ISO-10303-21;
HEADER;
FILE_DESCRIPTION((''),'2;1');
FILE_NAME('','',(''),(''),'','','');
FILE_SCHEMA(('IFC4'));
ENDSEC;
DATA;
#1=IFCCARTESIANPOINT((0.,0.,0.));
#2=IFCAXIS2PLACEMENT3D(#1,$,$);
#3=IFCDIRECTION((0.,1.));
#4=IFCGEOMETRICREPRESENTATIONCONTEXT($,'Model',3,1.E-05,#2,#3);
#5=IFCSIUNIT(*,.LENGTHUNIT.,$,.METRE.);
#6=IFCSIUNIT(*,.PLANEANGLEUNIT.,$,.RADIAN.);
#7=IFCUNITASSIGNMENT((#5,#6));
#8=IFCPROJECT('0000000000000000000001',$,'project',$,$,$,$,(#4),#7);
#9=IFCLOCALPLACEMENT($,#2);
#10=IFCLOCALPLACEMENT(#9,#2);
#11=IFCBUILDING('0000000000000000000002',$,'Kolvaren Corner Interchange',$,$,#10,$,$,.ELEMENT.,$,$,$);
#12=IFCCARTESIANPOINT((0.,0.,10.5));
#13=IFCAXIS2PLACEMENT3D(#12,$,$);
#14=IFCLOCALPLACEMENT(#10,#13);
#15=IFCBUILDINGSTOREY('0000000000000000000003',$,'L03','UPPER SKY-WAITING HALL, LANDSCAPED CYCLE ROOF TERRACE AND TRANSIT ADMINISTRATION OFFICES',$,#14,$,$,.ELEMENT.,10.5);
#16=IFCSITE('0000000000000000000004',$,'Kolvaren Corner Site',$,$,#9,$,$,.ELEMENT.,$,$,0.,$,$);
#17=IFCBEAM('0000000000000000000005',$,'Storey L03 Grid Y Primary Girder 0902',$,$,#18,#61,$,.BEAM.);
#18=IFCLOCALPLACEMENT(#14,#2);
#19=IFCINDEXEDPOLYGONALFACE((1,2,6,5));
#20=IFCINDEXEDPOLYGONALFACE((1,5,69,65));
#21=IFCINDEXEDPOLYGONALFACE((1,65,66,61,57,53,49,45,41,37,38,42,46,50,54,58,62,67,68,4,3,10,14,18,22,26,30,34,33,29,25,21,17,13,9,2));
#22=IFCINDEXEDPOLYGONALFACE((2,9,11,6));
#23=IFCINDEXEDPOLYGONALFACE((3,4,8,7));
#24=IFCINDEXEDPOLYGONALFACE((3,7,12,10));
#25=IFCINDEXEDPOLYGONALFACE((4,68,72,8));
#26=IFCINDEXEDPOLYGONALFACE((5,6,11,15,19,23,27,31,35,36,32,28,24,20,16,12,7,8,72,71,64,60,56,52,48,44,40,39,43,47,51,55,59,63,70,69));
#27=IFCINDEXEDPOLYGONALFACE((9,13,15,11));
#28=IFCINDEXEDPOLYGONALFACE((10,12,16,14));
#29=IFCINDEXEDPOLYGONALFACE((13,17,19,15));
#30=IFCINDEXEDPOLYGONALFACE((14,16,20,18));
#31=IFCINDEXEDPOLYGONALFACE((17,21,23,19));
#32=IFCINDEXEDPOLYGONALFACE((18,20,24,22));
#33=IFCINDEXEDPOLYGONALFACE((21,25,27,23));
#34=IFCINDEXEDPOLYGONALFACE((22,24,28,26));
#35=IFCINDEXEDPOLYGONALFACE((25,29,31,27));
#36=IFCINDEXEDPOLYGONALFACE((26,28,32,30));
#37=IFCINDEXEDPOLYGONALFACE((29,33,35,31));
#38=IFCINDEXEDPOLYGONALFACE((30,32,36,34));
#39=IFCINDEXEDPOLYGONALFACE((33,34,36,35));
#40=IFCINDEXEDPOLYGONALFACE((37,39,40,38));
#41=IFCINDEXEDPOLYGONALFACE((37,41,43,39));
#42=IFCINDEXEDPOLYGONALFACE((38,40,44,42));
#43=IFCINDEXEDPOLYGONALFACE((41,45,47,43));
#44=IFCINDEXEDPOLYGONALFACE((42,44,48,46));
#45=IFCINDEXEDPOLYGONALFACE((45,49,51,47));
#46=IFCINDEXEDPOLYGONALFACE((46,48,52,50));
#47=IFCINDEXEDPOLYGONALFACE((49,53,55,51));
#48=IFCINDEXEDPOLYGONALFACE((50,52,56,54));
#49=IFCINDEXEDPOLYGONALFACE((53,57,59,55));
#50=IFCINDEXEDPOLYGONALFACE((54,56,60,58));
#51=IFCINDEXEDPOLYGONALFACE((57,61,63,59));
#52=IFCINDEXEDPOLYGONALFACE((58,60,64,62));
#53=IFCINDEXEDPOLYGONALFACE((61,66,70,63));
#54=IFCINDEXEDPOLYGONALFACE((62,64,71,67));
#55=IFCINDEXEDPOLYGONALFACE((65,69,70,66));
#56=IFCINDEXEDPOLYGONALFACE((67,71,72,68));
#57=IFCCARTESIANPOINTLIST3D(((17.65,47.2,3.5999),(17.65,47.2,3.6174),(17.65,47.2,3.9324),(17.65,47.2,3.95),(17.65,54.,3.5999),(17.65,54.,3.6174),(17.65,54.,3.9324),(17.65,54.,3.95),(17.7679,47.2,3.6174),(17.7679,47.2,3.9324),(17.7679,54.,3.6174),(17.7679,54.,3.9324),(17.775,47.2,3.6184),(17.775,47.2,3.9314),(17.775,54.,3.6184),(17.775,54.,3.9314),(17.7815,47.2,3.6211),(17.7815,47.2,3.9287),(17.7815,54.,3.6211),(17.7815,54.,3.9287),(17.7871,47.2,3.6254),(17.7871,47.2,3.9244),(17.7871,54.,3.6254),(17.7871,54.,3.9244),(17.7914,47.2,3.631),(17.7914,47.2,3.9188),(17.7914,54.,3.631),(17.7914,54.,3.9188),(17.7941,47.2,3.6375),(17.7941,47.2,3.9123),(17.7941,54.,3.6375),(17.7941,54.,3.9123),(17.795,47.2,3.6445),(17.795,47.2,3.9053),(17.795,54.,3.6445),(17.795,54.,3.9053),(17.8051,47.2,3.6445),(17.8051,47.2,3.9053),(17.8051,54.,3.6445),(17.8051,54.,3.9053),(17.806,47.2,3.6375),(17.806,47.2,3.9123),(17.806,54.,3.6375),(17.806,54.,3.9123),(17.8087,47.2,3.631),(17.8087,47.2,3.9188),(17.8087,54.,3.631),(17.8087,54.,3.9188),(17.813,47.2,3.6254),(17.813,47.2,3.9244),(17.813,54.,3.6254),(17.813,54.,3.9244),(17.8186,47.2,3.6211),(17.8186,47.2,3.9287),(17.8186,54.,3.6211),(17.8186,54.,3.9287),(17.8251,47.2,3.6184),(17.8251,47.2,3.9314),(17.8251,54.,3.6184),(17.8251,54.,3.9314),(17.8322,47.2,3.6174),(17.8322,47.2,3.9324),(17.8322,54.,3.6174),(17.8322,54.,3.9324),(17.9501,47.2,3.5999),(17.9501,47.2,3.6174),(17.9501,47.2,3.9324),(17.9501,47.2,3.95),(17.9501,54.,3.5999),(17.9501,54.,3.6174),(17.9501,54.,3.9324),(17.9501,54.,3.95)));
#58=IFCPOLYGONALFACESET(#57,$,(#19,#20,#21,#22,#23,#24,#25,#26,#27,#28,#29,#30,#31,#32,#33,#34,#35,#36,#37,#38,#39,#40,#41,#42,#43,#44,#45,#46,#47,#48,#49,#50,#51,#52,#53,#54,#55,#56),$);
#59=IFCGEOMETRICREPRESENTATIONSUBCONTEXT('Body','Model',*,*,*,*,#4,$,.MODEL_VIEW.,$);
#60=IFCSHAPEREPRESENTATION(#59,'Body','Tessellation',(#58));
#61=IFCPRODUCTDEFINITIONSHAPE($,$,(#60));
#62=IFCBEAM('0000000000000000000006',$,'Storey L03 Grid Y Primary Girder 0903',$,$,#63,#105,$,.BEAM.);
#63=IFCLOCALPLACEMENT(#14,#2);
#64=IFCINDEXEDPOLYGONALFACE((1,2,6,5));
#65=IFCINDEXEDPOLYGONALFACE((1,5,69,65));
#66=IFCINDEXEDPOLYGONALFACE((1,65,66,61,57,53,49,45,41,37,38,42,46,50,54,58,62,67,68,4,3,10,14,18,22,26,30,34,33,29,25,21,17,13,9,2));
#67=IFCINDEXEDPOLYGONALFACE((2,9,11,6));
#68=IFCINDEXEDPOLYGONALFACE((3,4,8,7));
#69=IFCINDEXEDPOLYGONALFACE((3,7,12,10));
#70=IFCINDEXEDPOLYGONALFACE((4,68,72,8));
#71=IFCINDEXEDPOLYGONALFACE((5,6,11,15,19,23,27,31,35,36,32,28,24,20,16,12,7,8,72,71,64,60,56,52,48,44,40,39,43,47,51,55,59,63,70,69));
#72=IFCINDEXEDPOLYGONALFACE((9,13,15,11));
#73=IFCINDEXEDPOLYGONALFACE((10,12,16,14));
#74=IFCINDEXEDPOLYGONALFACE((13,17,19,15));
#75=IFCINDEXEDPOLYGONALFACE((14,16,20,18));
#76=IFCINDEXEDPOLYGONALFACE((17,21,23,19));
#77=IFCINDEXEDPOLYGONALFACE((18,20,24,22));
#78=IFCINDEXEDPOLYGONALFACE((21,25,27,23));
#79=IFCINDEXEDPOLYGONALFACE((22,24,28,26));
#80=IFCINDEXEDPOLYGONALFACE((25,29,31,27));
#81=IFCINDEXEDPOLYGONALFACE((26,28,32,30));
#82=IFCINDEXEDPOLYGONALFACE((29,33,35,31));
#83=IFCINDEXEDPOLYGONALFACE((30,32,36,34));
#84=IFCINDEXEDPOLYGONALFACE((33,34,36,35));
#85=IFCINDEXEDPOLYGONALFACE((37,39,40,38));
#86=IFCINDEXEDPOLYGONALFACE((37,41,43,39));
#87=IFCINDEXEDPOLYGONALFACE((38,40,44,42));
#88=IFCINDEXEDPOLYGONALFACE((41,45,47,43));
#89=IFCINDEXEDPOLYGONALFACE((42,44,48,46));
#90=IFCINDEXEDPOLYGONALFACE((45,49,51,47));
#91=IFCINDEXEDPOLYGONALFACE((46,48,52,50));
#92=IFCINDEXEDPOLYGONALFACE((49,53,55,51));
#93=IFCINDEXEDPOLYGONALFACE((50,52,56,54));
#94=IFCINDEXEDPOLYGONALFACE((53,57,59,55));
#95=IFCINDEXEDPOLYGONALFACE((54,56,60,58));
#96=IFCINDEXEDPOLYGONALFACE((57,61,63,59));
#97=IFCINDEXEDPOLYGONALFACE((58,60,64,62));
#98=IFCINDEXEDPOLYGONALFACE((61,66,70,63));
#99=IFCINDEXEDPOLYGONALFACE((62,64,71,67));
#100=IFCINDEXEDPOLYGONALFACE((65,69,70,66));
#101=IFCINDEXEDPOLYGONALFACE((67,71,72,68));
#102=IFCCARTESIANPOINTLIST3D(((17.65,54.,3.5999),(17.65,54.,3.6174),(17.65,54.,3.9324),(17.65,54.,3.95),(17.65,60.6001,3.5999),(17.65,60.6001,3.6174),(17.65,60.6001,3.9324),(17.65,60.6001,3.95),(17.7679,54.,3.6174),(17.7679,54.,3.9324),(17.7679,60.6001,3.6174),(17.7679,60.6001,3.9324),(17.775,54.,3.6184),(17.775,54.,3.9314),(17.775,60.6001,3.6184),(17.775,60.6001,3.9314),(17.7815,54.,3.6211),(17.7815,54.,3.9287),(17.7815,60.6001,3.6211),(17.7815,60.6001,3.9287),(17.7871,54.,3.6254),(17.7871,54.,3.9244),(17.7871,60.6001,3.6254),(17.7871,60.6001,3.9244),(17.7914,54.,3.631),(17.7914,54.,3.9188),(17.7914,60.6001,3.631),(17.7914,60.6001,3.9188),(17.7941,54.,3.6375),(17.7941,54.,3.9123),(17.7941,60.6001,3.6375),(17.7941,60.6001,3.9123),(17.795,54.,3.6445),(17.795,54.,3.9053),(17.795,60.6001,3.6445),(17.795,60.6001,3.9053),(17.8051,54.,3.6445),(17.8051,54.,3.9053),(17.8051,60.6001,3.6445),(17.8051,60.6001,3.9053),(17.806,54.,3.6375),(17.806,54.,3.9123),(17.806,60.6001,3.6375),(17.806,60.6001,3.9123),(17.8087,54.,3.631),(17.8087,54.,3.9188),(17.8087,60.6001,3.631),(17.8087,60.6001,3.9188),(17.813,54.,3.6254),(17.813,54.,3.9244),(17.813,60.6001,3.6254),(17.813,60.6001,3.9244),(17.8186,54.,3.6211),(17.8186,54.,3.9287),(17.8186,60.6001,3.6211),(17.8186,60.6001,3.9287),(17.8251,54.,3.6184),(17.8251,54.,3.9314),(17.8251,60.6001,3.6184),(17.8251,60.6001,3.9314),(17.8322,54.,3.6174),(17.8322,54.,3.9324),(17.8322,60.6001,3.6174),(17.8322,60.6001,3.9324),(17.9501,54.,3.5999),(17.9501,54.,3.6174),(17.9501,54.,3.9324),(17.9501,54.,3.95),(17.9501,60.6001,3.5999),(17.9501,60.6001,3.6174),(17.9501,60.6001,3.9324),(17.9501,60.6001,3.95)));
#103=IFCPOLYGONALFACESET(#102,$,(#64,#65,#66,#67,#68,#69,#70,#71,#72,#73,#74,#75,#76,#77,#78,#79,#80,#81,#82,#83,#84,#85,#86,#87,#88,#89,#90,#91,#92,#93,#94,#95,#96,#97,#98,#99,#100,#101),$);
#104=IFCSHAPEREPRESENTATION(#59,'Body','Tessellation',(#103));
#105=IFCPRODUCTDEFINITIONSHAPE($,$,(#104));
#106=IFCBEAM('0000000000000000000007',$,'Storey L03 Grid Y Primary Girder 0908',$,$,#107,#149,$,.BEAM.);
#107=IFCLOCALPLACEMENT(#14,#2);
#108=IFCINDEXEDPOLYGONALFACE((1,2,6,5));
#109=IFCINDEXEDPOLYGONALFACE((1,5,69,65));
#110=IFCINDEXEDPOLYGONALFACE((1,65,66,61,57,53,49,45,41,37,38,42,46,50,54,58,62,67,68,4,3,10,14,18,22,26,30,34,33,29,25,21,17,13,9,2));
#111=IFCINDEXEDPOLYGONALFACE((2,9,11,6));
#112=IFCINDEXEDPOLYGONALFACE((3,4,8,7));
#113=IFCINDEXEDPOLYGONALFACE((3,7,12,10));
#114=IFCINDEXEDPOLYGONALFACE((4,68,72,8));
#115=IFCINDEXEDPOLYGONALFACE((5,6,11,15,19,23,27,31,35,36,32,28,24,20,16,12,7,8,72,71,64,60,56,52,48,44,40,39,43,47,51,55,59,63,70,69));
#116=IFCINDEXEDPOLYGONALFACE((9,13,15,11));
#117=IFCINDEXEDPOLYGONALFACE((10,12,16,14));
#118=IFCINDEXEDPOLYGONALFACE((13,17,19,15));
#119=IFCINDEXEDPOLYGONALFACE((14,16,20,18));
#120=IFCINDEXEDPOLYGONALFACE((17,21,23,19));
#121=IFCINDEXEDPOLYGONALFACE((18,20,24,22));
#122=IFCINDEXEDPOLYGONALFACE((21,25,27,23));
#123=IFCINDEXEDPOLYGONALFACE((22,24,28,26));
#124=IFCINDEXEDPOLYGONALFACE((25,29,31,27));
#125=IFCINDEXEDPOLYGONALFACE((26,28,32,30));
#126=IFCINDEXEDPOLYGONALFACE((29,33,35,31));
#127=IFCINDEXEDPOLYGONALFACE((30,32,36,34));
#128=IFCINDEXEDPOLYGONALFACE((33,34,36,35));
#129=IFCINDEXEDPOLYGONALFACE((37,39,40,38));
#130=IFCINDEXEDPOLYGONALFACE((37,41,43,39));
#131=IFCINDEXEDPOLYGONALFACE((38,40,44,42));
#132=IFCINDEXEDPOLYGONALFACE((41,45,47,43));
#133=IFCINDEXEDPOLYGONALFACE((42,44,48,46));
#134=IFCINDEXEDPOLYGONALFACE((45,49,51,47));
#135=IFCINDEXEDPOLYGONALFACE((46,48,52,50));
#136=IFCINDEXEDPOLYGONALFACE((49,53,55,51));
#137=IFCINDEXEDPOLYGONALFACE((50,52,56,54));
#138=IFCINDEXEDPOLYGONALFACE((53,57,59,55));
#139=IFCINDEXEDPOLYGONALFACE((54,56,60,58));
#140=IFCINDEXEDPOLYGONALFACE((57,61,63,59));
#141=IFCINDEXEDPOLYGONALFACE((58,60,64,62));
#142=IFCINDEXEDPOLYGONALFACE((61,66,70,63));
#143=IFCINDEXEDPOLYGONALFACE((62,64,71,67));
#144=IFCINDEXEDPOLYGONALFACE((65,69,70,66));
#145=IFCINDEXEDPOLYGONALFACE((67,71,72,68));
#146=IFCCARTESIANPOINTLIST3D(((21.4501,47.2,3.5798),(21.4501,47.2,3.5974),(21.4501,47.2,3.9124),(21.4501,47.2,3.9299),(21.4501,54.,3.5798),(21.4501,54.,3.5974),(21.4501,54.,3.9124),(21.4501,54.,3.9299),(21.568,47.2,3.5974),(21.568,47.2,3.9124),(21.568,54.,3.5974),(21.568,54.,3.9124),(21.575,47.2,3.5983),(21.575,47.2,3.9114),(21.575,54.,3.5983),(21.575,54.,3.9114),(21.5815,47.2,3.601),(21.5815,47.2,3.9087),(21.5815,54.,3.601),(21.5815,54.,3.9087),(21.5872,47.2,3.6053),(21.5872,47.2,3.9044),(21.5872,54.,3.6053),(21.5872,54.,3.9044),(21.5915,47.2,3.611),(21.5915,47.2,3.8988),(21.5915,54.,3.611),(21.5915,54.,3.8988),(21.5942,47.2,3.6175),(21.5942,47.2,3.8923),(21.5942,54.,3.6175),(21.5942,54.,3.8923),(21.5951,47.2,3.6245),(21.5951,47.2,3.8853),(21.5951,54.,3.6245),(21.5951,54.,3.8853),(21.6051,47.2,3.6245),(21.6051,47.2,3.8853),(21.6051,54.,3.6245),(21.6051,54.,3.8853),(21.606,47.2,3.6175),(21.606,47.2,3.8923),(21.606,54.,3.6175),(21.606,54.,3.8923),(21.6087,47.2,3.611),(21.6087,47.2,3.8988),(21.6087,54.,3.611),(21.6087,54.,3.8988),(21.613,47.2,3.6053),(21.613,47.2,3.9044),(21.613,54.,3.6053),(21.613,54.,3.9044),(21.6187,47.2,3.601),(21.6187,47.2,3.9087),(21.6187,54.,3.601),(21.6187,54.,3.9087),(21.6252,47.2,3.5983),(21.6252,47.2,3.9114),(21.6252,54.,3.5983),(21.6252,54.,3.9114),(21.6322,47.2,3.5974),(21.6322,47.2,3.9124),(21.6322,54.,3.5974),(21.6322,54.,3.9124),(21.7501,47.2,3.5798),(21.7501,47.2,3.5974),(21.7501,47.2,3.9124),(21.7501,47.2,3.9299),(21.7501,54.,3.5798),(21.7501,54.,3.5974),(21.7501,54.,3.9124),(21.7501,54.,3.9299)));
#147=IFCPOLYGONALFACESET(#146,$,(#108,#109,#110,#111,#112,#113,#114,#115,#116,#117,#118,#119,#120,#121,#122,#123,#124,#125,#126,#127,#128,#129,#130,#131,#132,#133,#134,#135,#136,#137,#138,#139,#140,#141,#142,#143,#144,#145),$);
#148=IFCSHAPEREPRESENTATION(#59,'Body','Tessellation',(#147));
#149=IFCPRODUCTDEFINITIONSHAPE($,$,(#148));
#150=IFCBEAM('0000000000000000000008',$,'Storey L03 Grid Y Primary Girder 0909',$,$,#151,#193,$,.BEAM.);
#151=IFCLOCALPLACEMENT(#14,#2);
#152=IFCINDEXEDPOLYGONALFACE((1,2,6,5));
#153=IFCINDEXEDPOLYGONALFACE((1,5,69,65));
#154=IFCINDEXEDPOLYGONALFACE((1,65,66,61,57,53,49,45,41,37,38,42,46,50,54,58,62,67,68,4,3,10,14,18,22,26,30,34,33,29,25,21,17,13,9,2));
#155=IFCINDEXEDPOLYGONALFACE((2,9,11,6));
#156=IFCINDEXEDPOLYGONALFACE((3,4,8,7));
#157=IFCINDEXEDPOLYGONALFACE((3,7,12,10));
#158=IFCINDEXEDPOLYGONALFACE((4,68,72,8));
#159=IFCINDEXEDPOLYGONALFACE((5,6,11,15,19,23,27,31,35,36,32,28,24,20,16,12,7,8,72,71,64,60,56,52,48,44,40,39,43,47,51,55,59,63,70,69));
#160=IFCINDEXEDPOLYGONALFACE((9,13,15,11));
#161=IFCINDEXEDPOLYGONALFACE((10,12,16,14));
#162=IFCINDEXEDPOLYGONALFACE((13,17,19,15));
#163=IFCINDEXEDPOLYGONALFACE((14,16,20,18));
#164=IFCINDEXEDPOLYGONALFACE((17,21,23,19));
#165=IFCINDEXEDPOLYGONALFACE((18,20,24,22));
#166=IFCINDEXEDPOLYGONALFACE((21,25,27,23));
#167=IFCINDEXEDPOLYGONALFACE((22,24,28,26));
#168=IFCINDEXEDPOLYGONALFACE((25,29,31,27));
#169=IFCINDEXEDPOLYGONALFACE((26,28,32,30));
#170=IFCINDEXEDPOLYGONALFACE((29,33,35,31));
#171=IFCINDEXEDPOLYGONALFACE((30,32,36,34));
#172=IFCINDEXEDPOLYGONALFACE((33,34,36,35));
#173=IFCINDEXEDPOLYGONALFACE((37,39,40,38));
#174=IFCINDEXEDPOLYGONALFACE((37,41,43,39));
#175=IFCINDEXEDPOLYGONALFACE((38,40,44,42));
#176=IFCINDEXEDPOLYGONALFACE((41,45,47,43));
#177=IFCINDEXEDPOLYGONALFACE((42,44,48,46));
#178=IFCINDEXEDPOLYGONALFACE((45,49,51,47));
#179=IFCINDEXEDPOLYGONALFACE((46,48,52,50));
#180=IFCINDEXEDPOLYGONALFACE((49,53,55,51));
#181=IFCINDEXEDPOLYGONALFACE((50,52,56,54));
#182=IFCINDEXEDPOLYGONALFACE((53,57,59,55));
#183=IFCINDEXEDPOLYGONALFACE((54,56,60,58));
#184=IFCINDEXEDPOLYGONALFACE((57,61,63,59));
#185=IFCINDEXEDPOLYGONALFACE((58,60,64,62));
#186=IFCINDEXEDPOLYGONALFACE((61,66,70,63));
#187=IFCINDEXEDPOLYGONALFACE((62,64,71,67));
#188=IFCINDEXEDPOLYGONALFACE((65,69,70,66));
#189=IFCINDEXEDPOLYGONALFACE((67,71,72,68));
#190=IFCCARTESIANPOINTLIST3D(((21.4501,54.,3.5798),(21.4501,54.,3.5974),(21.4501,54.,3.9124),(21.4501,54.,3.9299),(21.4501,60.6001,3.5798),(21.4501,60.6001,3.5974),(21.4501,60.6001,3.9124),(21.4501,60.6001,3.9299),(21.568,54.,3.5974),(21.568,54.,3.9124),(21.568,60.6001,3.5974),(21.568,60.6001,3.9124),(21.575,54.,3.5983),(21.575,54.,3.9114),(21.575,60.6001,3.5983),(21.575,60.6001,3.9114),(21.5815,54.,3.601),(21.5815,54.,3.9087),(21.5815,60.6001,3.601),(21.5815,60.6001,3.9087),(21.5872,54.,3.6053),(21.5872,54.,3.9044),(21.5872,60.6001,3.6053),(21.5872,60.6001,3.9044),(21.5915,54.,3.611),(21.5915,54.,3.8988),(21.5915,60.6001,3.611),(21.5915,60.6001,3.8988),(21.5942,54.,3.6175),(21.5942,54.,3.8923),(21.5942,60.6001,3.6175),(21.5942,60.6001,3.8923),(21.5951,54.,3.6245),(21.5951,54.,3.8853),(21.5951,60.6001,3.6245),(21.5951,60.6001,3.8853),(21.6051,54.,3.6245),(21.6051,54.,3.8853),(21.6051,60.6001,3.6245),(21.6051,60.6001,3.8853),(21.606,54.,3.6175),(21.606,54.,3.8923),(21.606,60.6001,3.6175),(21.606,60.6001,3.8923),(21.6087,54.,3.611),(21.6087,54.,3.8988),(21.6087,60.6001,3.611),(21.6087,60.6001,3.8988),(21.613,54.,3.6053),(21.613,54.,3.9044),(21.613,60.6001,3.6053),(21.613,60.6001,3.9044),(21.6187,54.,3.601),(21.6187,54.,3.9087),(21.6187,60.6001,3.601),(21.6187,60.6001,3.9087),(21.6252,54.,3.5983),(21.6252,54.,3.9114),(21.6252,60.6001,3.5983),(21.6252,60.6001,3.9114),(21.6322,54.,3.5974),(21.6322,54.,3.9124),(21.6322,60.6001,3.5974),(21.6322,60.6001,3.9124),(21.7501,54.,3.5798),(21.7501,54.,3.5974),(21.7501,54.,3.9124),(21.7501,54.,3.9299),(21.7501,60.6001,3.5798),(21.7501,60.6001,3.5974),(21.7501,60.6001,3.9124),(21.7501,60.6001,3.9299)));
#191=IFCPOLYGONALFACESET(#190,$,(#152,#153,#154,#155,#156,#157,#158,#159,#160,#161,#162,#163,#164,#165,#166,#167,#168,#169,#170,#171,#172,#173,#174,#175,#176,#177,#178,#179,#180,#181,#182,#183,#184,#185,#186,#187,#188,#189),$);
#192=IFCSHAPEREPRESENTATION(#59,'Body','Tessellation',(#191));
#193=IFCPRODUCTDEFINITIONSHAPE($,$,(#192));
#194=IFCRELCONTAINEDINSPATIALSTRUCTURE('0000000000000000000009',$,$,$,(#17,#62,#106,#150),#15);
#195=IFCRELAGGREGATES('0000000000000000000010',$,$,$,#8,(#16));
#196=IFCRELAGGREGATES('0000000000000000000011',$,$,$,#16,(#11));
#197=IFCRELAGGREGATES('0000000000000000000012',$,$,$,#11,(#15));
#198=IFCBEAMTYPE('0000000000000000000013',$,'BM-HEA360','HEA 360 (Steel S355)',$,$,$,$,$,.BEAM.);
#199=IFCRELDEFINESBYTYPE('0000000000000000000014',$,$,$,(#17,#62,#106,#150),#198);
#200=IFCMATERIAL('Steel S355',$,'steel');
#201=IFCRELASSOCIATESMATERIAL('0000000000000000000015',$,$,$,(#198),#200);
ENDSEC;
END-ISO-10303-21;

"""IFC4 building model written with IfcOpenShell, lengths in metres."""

from ifc_helpers import new_model, si_unit, direction, frame, origin, origin_2d, place, context, subcontext, project, spatial, i_section, extrude, material, material_profile, profile_set, type_object, element, save


model = new_model("IFC4")

# Units and contexts
model_context = context("Model", 3, precision=1e-05, world=origin(), true_north=direction((0.0, 1.0)))
body_context = subcontext(model_context, "Body", "Model", "MODEL_VIEW")
ifc_project = project(units=[si_unit("LENGTHUNIT", "METRE"), si_unit("PLANEANGLEUNIT", "RADIAN")], contexts=[model_context])

# Site, building, storey
site_placement = place(None, origin())
site = spatial("IfcSite", under=ifc_project, at=site_placement, Name="Kolvaren Corner Site", CompositionType="ELEMENT", RefElevation=0.0)
building_placement = place(site_placement, origin())
building = spatial("IfcBuilding", under=site, at=building_placement, Name="Kolvaren Corner Interchange", CompositionType="ELEMENT")
storey_placement = place(building_placement, frame((0.0, 0.0, 10.5)))
storey = spatial("IfcBuildingStorey", under=building, at=storey_placement, Name="L03", Description="UPPER SKY-WAITING HALL, LANDSCAPED CYCLE ROOF TERRACE AND TRANSIT ADMINISTRATION OFFICES", CompositionType="ELEMENT", Elevation=10.5)

# Beams
ifc_material_1 = material(Name="Steel S355", Category="steel")
ifc_material_profile_1 = material_profile(ifc_material_1, i_section(OverallWidth=0.3, OverallDepth=0.3501, WebThickness=0.01, FlangeThickness=0.0176, FilletRadius=0.0271, at=origin_2d()), Name="HEA 360")
ifc_profile_set_1 = profile_set([ifc_material_profile_1], Name="Steel S355")
beam_type_1 = type_object("IfcBeamType", Name="BM-HEA360", Description="HEA 360 (Steel S355)", PredefinedType="BEAM", material=ifc_profile_set_1)
beam_1_placement = place(storey_placement, frame((17.8, 47.2, 3.7749), z_axis=(0.0, 1.0, 0.0), x_axis=(-1.0, 0.0, 0.0)))
element("IfcBeam", 1, at=beam_1_placement, inside=storey, type_object=beam_type_1, Name="Storey L03 Grid Y Primary Girder 0902", PredefinedType="BEAM", context=body_context, shape_type="SweptSolid", body=[
    extrude(i_section(OverallWidth=0.3, OverallDepth=0.3501, WebThickness=0.01, FlangeThickness=0.0176, FilletRadius=0.0271, at=origin_2d()), origin(), (0.0, 0.0, 1.0), 6.8),
])
beam_2_placement = place(storey_placement, frame((17.8, 54.0, 3.7749), z_axis=(0.0, 1.0, 0.0), x_axis=(-1.0, 0.0, 0.0)))
element("IfcBeam", 2, at=beam_2_placement, inside=storey, type_object=beam_type_1, Name="Storey L03 Grid Y Primary Girder 0903", PredefinedType="BEAM", context=body_context, shape_type="SweptSolid", body=[
    extrude(i_section(OverallWidth=0.3, OverallDepth=0.3501, WebThickness=0.01, FlangeThickness=0.0176, FilletRadius=0.0271, at=origin_2d()), origin(), (0.0, 0.0, 1.0), 6.6001),
])
beam_3_placement = place(storey_placement, frame((21.6001, 47.2, 3.7549), z_axis=(0.0, 1.0, 0.0), x_axis=(-1.0, 0.0, 0.0)))
element("IfcBeam", 3, at=beam_3_placement, inside=storey, type_object=beam_type_1, Name="Storey L03 Grid Y Primary Girder 0908", PredefinedType="BEAM", context=body_context, shape_type="SweptSolid", body=[
    extrude(i_section(OverallWidth=0.3, OverallDepth=0.3501, WebThickness=0.01, FlangeThickness=0.0176, FilletRadius=0.0271, at=origin_2d()), origin(), (0.0, 0.0, 1.0), 6.8),
])
beam_4_placement = place(storey_placement, frame((21.6001, 54.0, 3.7549), z_axis=(0.0, 1.0, 0.0), x_axis=(-1.0, 0.0, 0.0)))
element("IfcBeam", 4, at=beam_4_placement, inside=storey, type_object=beam_type_1, Name="Storey L03 Grid Y Primary Girder 0909", PredefinedType="BEAM", context=body_context, shape_type="SweptSolid", body=[
    extrude(i_section(OverallWidth=0.3, OverallDepth=0.3501, WebThickness=0.01, FlangeThickness=0.0176, FilletRadius=0.0271, at=origin_2d()), origin(), (0.0, 0.0, 1.0), 6.6001),
])

save(model, "model.ifc")
